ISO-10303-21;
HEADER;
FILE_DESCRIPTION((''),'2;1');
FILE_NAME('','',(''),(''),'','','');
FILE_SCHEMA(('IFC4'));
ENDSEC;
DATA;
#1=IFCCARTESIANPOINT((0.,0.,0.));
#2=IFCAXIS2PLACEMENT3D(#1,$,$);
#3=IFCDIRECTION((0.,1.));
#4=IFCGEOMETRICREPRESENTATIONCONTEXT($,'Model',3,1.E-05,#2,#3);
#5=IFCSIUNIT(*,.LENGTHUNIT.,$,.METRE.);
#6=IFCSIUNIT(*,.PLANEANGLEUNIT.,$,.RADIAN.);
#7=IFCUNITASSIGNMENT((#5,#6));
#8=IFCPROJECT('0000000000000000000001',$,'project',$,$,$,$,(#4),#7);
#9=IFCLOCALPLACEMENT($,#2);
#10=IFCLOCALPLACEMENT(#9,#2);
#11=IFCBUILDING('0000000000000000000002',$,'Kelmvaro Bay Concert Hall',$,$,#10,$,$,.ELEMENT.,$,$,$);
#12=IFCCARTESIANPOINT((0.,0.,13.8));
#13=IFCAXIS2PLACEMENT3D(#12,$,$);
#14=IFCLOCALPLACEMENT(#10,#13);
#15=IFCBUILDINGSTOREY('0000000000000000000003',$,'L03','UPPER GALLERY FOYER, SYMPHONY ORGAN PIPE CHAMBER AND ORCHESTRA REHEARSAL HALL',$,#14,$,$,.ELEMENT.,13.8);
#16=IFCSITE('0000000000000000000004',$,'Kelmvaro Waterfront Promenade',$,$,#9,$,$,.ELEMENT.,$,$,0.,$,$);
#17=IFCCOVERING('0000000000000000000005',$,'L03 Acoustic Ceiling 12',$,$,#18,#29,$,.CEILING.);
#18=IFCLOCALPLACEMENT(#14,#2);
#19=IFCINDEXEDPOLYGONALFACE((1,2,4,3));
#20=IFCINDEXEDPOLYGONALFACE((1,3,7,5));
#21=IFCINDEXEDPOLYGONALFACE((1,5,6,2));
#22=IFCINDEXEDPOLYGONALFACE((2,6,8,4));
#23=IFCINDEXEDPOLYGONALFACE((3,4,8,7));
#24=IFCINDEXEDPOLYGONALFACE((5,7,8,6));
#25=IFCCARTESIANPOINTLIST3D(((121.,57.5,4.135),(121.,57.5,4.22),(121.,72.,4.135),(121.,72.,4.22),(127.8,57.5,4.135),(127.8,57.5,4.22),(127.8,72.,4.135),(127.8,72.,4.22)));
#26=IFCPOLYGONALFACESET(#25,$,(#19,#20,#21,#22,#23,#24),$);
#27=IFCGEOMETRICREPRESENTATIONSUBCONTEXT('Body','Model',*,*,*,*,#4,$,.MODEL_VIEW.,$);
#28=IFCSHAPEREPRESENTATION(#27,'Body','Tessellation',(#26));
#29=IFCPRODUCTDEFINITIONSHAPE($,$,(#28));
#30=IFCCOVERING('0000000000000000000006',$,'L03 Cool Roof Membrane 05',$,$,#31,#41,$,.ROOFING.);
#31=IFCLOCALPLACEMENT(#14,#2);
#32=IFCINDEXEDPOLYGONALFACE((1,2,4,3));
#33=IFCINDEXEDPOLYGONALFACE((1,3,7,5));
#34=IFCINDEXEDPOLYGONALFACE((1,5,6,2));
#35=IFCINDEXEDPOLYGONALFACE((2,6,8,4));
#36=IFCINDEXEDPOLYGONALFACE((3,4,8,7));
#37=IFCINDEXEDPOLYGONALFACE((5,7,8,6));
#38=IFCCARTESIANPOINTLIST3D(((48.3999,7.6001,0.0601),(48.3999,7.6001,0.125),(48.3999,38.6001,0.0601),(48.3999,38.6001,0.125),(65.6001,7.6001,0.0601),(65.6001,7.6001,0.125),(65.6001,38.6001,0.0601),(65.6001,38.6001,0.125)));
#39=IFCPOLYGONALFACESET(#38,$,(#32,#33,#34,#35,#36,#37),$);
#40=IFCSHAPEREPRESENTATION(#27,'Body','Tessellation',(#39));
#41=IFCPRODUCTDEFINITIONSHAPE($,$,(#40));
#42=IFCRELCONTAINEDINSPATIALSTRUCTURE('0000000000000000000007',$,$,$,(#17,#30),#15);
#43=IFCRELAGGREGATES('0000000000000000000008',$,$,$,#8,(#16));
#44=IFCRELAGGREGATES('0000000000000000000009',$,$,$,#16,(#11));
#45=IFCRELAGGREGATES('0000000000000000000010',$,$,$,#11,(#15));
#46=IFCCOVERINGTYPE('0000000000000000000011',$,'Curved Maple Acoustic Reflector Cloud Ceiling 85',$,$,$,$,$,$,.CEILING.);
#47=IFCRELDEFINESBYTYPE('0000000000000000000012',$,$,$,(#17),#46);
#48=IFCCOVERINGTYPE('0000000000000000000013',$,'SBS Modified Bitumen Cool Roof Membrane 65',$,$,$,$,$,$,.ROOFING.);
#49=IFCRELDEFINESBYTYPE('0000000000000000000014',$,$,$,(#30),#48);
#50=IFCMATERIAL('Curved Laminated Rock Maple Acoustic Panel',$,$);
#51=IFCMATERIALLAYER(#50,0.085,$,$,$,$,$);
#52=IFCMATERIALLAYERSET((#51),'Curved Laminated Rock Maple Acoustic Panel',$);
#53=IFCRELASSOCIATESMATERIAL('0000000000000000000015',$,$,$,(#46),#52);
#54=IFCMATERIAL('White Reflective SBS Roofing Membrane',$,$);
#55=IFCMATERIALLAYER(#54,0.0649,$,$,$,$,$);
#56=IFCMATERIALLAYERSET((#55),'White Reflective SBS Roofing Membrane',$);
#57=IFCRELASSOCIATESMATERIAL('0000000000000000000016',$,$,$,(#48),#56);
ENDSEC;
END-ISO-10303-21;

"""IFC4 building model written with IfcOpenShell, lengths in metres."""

from ifc_helpers import new_model, si_unit, direction, frame, origin, place, context, subcontext, project, spatial, polyline, outline, extrude, material, layer, layer_set, type_object, element, save


model = new_model("IFC4")

# Units and contexts
model_context = context("Model", 3, precision=1e-05, world=origin(), true_north=direction((0.0, 1.0)))
body_context = subcontext(model_context, "Body", "Model", "MODEL_VIEW")
ifc_project = project(units=[si_unit("LENGTHUNIT", "METRE"), si_unit("PLANEANGLEUNIT", "RADIAN")], contexts=[model_context])

# Site, building, storey
site_placement = place(None, origin())
site = spatial("IfcSite", under=ifc_project, at=site_placement, Name="Kelmvaro Waterfront Promenade", CompositionType="ELEMENT", RefElevation=0.0)
building_placement = place(site_placement, origin())
building = spatial("IfcBuilding", under=site, at=building_placement, Name="Kelmvaro Bay Concert Hall", CompositionType="ELEMENT")
storey_placement = place(building_placement, frame((0.0, 0.0, 13.8)))
storey = spatial("IfcBuildingStorey", under=building, at=storey_placement, Name="L03", Description="UPPER GALLERY FOYER, SYMPHONY ORGAN PIPE CHAMBER AND ORCHESTRA REHEARSAL HALL", CompositionType="ELEMENT", Elevation=13.8)

# Coverings
ifc_material_1 = material(Name="Curved Laminated Rock Maple Acoustic Panel")
ifc_layer_1 = layer(ifc_material_1, 0.085)
ifc_layer_set_1 = layer_set([ifc_layer_1], Name="Curved Laminated Rock Maple Acoustic Panel")
covering_type_1 = type_object("IfcCoveringType", Name="Curved Maple Acoustic Reflector Cloud Ceiling 85", PredefinedType="CEILING", material=ifc_layer_set_1)
covering_1_placement = place(storey_placement, frame((0.0, 0.0, 4.135)))
element("IfcCovering", 1, at=covering_1_placement, inside=storey, type_object=covering_type_1, Name="L03 Acoustic Ceiling 12", PredefinedType="CEILING", context=body_context, shape_type="SweptSolid", body=[
    extrude(outline(polyline([(127.8, 57.5), (127.8, 72.0), (121.0, 72.0), (121.0, 57.5), (127.8, 57.5)])), origin(), (0.0, 0.0, 1.0), 0.085),
])
ifc_material_2 = material(Name="White Reflective SBS Roofing Membrane")
ifc_layer_2 = layer(ifc_material_2, 0.0649)
ifc_layer_set_2 = layer_set([ifc_layer_2], Name="White Reflective SBS Roofing Membrane")
covering_type_2 = type_object("IfcCoveringType", Name="SBS Modified Bitumen Cool Roof Membrane 65", PredefinedType="ROOFING", material=ifc_layer_set_2)
covering_2_placement = place(storey_placement, frame((0.0, 0.0, 0.0601)))
element("IfcCovering", 2, at=covering_2_placement, inside=storey, type_object=covering_type_2, Name="L03 Cool Roof Membrane 05", PredefinedType="ROOFING", context=body_context, shape_type="SweptSolid", body=[
    extrude(outline(polyline([(48.3999, 7.6001), (65.6001, 7.6001), (65.6001, 38.6001), (48.3999, 38.6001), (48.3999, 7.6001)])), origin(), (0.0, 0.0, 1.0), 0.0649),
])

save(model, "model.ifc")
